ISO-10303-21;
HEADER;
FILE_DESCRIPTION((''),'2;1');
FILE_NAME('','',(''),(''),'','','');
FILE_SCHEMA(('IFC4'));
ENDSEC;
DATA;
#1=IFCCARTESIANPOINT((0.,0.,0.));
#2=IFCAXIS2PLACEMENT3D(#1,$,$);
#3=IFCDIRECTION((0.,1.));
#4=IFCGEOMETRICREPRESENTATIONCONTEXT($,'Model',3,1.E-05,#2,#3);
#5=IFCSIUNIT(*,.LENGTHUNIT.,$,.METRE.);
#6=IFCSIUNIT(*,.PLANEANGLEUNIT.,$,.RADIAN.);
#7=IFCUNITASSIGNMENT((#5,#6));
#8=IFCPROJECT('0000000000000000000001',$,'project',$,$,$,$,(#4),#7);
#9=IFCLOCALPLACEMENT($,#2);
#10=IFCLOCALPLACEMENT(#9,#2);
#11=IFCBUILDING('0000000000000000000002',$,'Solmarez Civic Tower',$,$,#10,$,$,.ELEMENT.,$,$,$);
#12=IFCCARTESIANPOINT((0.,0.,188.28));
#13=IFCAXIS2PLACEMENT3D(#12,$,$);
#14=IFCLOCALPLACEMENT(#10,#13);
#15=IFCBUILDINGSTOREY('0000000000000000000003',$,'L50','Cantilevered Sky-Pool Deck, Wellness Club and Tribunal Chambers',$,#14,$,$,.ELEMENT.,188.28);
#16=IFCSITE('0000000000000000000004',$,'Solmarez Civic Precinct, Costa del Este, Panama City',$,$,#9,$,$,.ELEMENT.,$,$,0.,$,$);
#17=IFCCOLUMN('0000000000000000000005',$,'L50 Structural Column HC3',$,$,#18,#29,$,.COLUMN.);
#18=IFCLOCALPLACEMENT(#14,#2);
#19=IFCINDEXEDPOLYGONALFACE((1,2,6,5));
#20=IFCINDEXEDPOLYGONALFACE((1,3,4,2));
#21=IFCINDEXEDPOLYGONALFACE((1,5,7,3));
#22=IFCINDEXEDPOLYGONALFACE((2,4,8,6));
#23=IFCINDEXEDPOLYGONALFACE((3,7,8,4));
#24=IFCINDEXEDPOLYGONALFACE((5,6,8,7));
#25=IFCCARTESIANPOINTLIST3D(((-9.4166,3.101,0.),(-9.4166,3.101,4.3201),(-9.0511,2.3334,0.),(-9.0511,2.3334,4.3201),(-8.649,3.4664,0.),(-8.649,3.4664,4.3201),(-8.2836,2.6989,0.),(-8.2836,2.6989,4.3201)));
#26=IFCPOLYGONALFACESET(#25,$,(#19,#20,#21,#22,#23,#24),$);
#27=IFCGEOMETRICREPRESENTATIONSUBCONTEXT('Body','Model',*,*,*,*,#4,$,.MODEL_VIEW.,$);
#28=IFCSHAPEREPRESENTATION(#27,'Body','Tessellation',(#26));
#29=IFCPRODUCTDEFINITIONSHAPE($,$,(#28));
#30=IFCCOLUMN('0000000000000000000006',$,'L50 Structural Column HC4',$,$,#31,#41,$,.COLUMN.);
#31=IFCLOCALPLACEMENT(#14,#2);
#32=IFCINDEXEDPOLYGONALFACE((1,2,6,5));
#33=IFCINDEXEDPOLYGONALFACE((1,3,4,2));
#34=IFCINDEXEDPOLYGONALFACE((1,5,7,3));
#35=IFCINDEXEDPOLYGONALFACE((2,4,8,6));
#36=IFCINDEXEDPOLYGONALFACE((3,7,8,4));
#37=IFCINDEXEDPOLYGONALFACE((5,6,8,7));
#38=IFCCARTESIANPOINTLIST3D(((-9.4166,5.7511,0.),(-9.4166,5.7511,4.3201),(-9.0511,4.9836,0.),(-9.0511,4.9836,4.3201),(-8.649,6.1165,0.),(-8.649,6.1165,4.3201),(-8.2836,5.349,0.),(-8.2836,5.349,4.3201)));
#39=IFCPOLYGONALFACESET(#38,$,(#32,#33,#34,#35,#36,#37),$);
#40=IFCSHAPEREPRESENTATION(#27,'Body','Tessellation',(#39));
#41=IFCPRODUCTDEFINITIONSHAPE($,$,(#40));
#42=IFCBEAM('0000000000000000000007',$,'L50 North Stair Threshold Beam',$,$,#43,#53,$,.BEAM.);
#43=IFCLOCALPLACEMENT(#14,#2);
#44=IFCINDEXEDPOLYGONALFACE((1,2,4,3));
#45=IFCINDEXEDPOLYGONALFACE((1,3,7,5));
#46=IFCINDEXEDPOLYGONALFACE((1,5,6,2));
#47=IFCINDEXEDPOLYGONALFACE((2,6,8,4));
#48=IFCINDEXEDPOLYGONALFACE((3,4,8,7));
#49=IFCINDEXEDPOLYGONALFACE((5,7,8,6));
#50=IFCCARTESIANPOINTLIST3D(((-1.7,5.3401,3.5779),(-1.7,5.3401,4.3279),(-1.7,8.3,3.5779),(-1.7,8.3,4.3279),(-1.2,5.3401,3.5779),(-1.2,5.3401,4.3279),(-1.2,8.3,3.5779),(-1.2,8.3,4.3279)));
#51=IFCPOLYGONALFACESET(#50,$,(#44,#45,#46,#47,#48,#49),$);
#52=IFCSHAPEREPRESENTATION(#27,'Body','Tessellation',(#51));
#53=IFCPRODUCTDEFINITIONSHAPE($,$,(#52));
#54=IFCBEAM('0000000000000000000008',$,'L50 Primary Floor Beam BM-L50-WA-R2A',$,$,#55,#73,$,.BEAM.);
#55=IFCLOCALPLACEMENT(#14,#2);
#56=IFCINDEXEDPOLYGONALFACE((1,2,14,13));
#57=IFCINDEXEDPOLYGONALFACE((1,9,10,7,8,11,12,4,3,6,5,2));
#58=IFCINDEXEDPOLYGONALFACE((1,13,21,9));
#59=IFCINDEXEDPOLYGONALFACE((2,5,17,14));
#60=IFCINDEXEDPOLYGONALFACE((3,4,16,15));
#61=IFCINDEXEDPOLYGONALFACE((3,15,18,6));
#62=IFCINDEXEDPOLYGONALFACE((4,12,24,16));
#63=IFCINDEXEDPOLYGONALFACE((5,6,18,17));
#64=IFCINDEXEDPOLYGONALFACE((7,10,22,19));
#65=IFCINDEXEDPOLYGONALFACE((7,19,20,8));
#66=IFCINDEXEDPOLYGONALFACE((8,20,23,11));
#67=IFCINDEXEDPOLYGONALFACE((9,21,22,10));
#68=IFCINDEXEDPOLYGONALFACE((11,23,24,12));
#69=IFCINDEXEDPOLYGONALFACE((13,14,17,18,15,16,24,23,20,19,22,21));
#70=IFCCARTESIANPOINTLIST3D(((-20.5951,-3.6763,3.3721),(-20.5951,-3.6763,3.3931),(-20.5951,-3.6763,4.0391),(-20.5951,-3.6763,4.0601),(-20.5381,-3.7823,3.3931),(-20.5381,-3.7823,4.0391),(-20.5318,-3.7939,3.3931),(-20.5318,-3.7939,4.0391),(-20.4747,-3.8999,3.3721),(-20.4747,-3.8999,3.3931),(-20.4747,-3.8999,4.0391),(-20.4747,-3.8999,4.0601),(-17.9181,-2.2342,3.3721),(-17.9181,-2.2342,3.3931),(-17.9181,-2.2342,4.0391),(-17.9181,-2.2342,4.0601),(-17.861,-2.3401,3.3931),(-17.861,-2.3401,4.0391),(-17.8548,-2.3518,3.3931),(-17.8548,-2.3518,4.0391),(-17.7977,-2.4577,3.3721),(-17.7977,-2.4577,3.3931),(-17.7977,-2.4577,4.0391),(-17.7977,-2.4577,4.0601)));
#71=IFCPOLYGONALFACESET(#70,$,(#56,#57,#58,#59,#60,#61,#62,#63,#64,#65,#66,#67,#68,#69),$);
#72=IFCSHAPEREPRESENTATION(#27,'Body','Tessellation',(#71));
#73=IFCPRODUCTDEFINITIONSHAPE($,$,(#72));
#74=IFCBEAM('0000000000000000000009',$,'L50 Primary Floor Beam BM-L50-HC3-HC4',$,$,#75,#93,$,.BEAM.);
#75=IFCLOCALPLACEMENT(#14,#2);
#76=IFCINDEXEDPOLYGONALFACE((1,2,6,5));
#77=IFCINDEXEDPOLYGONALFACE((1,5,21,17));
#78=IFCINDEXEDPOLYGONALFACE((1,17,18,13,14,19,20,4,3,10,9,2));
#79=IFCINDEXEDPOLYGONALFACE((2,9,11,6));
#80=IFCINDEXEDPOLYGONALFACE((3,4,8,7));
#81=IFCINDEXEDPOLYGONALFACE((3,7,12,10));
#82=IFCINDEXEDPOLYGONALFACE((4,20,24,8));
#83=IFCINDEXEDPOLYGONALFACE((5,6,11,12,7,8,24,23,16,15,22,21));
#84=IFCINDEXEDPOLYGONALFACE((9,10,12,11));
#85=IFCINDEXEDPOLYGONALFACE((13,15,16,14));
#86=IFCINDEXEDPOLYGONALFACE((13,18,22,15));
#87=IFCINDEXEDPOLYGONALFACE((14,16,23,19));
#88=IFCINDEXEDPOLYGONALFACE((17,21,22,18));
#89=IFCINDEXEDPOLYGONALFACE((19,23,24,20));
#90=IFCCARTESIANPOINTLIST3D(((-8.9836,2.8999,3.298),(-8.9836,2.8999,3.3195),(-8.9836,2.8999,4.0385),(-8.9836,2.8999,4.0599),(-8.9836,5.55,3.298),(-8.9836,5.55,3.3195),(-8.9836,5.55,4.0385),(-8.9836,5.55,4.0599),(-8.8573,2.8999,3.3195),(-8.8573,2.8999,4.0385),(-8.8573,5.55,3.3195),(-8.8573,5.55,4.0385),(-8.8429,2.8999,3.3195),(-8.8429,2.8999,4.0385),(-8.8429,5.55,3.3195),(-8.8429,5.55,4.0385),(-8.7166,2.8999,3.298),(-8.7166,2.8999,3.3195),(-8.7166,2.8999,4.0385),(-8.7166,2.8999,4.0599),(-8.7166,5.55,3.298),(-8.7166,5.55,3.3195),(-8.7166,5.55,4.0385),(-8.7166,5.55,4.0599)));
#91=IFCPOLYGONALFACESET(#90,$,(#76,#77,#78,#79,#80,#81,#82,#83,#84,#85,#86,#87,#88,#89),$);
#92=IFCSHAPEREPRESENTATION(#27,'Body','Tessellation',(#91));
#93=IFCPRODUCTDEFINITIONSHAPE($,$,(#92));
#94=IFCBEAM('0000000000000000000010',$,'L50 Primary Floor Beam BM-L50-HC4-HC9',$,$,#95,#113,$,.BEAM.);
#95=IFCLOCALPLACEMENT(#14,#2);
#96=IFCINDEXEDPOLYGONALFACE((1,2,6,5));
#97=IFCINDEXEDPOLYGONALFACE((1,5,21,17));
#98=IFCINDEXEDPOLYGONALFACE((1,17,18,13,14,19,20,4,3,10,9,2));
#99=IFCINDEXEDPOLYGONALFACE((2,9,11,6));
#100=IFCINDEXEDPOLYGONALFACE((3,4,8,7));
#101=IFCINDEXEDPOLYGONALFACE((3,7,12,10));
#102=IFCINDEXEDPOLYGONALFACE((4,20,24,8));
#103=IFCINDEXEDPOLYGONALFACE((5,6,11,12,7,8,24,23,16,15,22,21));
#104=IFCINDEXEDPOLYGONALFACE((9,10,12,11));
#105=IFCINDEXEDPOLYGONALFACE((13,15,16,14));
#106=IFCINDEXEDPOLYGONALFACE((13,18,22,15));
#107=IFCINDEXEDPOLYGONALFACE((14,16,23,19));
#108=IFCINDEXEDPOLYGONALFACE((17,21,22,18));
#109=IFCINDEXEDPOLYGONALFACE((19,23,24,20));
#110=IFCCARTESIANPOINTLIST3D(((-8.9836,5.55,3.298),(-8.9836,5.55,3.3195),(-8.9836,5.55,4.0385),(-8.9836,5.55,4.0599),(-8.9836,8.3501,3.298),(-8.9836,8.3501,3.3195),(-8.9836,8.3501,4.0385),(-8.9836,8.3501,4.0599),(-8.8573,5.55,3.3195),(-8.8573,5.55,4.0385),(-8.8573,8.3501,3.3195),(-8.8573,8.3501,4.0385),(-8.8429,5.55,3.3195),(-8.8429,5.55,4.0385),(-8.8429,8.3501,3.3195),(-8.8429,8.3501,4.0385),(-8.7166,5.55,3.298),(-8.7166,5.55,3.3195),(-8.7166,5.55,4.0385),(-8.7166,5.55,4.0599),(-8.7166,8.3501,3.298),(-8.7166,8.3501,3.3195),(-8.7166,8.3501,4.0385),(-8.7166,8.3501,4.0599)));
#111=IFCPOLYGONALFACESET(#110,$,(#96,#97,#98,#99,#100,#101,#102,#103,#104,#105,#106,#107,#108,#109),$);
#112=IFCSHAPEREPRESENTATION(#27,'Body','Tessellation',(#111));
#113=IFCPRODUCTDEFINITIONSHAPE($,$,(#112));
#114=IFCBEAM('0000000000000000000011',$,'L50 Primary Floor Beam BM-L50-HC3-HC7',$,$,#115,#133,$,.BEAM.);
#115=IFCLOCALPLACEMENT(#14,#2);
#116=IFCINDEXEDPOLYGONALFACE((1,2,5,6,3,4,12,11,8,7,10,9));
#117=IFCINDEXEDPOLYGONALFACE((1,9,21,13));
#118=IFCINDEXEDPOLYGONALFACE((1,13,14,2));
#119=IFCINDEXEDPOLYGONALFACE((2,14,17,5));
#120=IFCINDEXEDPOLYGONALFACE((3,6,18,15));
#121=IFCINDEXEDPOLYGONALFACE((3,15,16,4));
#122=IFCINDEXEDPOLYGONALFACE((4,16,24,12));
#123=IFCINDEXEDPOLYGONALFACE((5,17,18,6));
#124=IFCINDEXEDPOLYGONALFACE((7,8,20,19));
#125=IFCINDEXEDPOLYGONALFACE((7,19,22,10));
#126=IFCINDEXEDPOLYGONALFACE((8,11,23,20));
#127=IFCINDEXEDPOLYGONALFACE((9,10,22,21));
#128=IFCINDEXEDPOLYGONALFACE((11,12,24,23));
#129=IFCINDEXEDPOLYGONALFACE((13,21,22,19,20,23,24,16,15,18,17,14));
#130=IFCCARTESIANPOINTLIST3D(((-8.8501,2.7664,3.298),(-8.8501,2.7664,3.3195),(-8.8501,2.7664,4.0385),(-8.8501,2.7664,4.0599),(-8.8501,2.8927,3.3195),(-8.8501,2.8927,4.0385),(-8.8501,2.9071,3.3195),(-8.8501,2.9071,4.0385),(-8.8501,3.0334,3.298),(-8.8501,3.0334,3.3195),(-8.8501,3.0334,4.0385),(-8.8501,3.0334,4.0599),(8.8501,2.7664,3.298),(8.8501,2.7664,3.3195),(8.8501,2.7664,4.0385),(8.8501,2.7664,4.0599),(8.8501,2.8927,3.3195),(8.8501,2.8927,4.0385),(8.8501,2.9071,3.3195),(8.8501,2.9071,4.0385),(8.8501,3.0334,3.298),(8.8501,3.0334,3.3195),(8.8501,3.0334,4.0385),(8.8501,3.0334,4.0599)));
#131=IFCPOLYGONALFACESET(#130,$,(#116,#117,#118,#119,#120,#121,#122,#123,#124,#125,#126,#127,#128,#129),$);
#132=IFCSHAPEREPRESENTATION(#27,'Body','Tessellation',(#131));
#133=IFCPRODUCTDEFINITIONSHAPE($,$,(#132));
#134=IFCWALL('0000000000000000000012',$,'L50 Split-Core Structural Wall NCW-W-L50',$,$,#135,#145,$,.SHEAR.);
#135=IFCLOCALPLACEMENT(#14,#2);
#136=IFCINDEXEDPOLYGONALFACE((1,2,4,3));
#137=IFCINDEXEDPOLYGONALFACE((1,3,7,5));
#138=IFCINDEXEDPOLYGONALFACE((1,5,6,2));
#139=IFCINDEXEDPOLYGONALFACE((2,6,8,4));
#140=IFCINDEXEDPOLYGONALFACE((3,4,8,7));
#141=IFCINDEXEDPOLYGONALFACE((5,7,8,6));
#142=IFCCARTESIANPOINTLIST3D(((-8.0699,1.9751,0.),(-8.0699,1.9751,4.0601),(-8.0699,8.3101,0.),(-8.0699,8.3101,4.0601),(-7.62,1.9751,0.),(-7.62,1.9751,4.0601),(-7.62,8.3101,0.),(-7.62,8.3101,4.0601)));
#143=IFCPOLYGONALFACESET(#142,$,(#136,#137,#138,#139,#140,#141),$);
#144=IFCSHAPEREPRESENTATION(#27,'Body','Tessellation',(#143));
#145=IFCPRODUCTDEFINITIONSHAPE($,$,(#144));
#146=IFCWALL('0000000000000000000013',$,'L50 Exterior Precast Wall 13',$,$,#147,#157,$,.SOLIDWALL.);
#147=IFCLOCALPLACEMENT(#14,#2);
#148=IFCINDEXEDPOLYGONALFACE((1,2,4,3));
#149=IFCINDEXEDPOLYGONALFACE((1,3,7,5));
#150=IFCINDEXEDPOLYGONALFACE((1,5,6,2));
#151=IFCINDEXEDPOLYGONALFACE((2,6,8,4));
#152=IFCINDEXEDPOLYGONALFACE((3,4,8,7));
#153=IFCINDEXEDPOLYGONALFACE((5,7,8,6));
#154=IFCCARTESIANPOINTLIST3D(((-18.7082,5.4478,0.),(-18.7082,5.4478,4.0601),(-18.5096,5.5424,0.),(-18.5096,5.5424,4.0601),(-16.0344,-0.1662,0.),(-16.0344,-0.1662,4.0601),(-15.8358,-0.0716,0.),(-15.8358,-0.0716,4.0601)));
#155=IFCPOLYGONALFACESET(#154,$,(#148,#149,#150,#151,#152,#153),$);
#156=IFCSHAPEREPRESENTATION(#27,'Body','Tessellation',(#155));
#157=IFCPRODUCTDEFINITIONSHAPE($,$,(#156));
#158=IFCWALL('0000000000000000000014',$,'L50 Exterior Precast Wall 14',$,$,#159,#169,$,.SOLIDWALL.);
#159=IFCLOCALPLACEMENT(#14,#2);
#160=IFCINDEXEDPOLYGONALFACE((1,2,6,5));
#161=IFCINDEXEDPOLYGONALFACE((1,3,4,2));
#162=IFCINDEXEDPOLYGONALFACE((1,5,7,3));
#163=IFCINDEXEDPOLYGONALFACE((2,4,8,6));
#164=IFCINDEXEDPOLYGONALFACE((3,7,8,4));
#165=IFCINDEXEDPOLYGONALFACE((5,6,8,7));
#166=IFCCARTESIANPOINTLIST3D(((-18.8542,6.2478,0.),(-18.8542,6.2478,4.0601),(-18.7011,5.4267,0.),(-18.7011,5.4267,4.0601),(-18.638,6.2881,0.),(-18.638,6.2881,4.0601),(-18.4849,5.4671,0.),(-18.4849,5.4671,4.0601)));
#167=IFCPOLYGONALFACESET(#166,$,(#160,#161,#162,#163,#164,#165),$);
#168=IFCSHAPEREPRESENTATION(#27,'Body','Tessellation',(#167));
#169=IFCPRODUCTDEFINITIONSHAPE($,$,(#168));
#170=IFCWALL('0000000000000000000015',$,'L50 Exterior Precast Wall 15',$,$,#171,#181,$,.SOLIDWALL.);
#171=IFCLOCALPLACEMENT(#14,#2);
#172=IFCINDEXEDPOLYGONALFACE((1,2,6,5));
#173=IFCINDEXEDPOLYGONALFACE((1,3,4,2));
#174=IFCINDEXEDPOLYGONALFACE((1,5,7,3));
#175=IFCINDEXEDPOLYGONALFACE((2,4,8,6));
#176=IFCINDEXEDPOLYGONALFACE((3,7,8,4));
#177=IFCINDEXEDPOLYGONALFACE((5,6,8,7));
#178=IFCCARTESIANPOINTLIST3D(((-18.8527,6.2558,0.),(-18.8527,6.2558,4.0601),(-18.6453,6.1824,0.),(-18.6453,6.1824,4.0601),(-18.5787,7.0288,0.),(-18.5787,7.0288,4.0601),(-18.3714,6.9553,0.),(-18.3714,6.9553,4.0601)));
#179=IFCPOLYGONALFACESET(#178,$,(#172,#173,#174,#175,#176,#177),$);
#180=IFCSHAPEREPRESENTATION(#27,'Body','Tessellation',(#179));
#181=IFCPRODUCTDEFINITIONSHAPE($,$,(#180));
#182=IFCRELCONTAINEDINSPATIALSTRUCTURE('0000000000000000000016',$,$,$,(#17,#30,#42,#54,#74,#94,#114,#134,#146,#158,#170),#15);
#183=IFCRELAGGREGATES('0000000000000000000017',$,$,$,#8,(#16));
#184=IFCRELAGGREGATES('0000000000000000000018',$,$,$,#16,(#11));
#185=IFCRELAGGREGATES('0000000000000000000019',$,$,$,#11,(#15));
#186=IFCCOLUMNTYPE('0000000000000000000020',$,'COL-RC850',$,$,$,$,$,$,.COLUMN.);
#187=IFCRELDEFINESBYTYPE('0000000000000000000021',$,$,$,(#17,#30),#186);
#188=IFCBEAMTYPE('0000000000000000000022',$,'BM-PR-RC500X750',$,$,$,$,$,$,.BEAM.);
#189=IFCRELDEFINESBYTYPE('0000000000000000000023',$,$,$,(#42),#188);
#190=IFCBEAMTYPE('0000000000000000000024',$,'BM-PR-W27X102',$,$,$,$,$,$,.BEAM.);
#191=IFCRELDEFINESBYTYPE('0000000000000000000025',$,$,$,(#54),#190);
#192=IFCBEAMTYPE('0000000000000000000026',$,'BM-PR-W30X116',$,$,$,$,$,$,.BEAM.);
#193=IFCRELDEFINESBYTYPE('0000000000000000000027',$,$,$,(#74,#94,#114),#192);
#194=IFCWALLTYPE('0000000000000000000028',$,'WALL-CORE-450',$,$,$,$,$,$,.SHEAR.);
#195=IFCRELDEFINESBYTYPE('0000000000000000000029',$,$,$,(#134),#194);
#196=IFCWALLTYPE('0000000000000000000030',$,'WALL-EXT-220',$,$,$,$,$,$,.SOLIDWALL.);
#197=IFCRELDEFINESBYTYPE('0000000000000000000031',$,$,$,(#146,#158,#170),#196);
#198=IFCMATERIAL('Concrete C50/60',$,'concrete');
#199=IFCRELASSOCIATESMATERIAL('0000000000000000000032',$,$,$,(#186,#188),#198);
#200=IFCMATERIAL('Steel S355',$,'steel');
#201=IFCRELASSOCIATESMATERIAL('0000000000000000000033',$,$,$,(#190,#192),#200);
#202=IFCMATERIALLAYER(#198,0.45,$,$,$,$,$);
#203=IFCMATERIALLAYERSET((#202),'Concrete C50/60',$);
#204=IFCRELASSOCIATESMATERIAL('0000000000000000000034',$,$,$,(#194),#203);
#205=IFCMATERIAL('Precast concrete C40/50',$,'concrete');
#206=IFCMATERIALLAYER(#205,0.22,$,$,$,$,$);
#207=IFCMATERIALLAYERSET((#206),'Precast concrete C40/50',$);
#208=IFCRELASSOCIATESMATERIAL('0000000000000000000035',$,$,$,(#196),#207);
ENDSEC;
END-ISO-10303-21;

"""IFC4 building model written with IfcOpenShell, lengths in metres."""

from ifc_helpers import new_model, si_unit, direction, frame, frame_2d, origin, origin_2d, place, context, subcontext, project, spatial, rectangle, i_section, extrude, material, layer, layer_set, material_profile, profile_set, type_object, element, save


model = new_model("IFC4")

# Units and contexts
model_context = context("Model", 3, precision=1e-05, world=origin(), true_north=direction((0.0, 1.0)))
body_context = subcontext(model_context, "Body", "Model", "MODEL_VIEW")
ifc_project = project(units=[si_unit("LENGTHUNIT", "METRE"), si_unit("PLANEANGLEUNIT", "RADIAN")], contexts=[model_context])

# Site, building, storey
site_placement = place(None, origin())
site = spatial("IfcSite", under=ifc_project, at=site_placement, Name="Solmarez Civic Precinct, Costa del Este, Panama City", CompositionType="ELEMENT", RefElevation=0.0)
building_placement = place(site_placement, origin())
building = spatial("IfcBuilding", under=site, at=building_placement, Name="Solmarez Civic Tower", CompositionType="ELEMENT")
storey_placement = place(building_placement, frame((0.0, 0.0, 188.28)))
storey = spatial("IfcBuildingStorey", under=building, at=storey_placement, Name="L50", Description="Cantilevered Sky-Pool Deck, Wellness Club and Tribunal Chambers", CompositionType="ELEMENT", Elevation=188.28)

# Columns
ifc_material_1 = material(Name="Concrete C50/60", Category="concrete")
ifc_material_profile_1 = material_profile(ifc_material_1, rectangle(XDim=0.8501, YDim=0.8501, at=origin_2d()), Name="RC850X850")
ifc_profile_set_1 = profile_set([ifc_material_profile_1], Name="Concrete C50/60")
column_type = type_object("IfcColumnType", Name="COL-RC850", PredefinedType="COLUMN", material=ifc_profile_set_1)
for number, where, z_axis, x_axis, name in (
    (1, (-8.8501, 2.8999, 0.0), (0.0, 0.0, 1.0), (0.902886, 0.429881, 0.0), "L50 Structural Column HC3"),
    (2, (-8.8501, 5.55, 0.0), (0.0, 0.0, 1.0), (0.902886, 0.429881, 0.0), "L50 Structural Column HC4"),
):
    element("IfcColumn", number, at=place(storey_placement, frame(where, z_axis=z_axis, x_axis=x_axis)), inside=storey, type_object=column_type, Name=name, PredefinedType="COLUMN", context=body_context, shape_type="SweptSolid", body=[
        extrude(rectangle(XDim=0.8501, YDim=0.8501, at=origin_2d()), origin(), (0.0, 0.0, 1.0), 4.3201),
    ])

# Beams
ifc_material_profile_2 = material_profile(ifc_material_1, rectangle(XDim=0.5, YDim=0.75, at=origin_2d()), Name="RC500X750")
ifc_profile_set_2 = profile_set([ifc_material_profile_2], Name="Concrete C50/60")
beam_type_1 = type_object("IfcBeamType", Name="BM-PR-RC500X750", PredefinedType="BEAM", material=ifc_profile_set_2)
beam_1_placement = place(storey_placement, frame((-1.45, 5.3401, 3.9529), z_axis=(0.0, 1.0, 0.0), x_axis=(-1.0, 0.0, 0.0)))
element("IfcBeam", 3, at=beam_1_placement, inside=storey, type_object=beam_type_1, Name="L50 North Stair Threshold Beam", PredefinedType="BEAM", context=body_context, shape_type="SweptSolid", body=[
    extrude(rectangle(XDim=0.5, YDim=0.75, at=origin_2d()), origin(), (0.0, 0.0, 1.0), 2.96),
])
ifc_material_2 = material(Name="Steel S355", Category="steel")
ifc_material_profile_3 = material_profile(ifc_material_2, i_section(OverallWidth=0.2539, OverallDepth=0.688, WebThickness=0.0132, FlangeThickness=0.021, at=origin_2d()), Name="W27X102")
ifc_profile_set_3 = profile_set([ifc_material_profile_3], Name="Steel S355")
beam_type_2 = type_object("IfcBeamType", Name="BM-PR-W27X102", PredefinedType="BEAM", material=ifc_profile_set_3)
beam_2_placement = place(storey_placement, frame((-17.8579, -2.3459, 3.7161), z_axis=(-0.880378, -0.474272, 0.0), x_axis=(0.474272, -0.880378, 0.0)))
element("IfcBeam", 4, at=beam_2_placement, inside=storey, type_object=beam_type_2, Name="L50 Primary Floor Beam BM-L50-WA-R2A", PredefinedType="BEAM", context=body_context, shape_type="SweptSolid", body=[
    extrude(i_section(OverallWidth=0.2539, OverallDepth=0.688, WebThickness=0.0132, FlangeThickness=0.021, at=origin_2d()), origin(), (0.0, 0.0, 1.0), 3.0408),
])
ifc_material_profile_4 = material_profile(ifc_material_2, i_section(OverallWidth=0.2671, OverallDepth=0.762, WebThickness=0.0144, FlangeThickness=0.0215, at=origin_2d()), Name="W30X116")
ifc_profile_set_4 = profile_set([ifc_material_profile_4], Name="Steel S355")
beam_type_3 = type_object("IfcBeamType", Name="BM-PR-W30X116", PredefinedType="BEAM", material=ifc_profile_set_4)
beam_3_placement = place(storey_placement, frame((-8.8501, 2.8999, 3.679), z_axis=(0.0, 1.0, 0.0), x_axis=(-1.0, 0.0, 0.0)))
element("IfcBeam", 5, at=beam_3_placement, inside=storey, type_object=beam_type_3, Name="L50 Primary Floor Beam BM-L50-HC3-HC4", PredefinedType="BEAM", context=body_context, shape_type="SweptSolid", body=[
    extrude(i_section(OverallWidth=0.2671, OverallDepth=0.762, WebThickness=0.0144, FlangeThickness=0.0215, at=origin_2d()), origin(), (0.0, 0.0, 1.0), 2.6501),
])
beam_4_placement = place(storey_placement, frame((-8.8501, 5.55, 3.679), z_axis=(0.0, 1.0, 0.0), x_axis=(-1.0, 0.0, 0.0)))
element("IfcBeam", 6, at=beam_4_placement, inside=storey, type_object=beam_type_3, Name="L50 Primary Floor Beam BM-L50-HC4-HC9", PredefinedType="BEAM", context=body_context, shape_type="SweptSolid", body=[
    extrude(i_section(OverallWidth=0.2671, OverallDepth=0.762, WebThickness=0.0144, FlangeThickness=0.0215, at=origin_2d()), origin(), (0.0, 0.0, 1.0), 2.8),
])
beam_5_placement = place(storey_placement, frame((-8.8501, 2.8999, 3.679), z_axis=(1.0, 0.0, 0.0), x_axis=(0.0, 1.0, 0.0)))
element("IfcBeam", 7, at=beam_5_placement, inside=storey, type_object=beam_type_3, Name="L50 Primary Floor Beam BM-L50-HC3-HC7", PredefinedType="BEAM", context=body_context, shape_type="SweptSolid", body=[
    extrude(i_section(OverallWidth=0.2671, OverallDepth=0.762, WebThickness=0.0144, FlangeThickness=0.0215, at=origin_2d()), origin(), (0.0, 0.0, 1.0), 17.7002),
])

# Wall
ifc_layer_1 = layer(ifc_material_1, 0.45)
ifc_layer_set_1 = layer_set([ifc_layer_1], Name="Concrete C50/60")
wall_type_1 = type_object("IfcWallType", Name="WALL-CORE-450", PredefinedType="SHEAR", material=ifc_layer_set_1)
wall_1_placement = place(storey_placement, frame((-7.845, 1.9751, 0.0), z_axis=(0.0, 0.0, 1.0), x_axis=(0.0, 1.0, 0.0)))
element("IfcWall", 8, at=wall_1_placement, inside=storey, type_object=wall_type_1, Name="L50 Split-Core Structural Wall NCW-W-L50", PredefinedType="SHEAR", context=body_context, shape_type="SweptSolid", body=[
    extrude(rectangle(XDim=6.335, YDim=0.45, at=frame_2d((3.1675, 0.0))), origin(), (0.0, 0.0, 1.0), 4.0601),
])

# Walls
ifc_material_3 = material(Name="Precast concrete C40/50", Category="concrete")
ifc_layer_2 = layer(ifc_material_3, 0.22)
ifc_layer_set_2 = layer_set([ifc_layer_2], Name="Precast concrete C40/50")
wall_type_2 = type_object("IfcWallType", Name="WALL-EXT-220", PredefinedType="SOLIDWALL", material=ifc_layer_set_2)
wall_2_placement = place(storey_placement, frame((-15.9351, -0.1189, 0.0), z_axis=(0.0, 0.0, 1.0), x_axis=(-0.429998, 0.90283, 0.0)))
element("IfcWall", 9, at=wall_2_placement, inside=storey, type_object=wall_type_2, Name="L50 Exterior Precast Wall 13", PredefinedType="SOLIDWALL", context=body_context, shape_type="SweptSolid", body=[
    extrude(rectangle(XDim=6.2183, YDim=0.22, at=frame_2d((3.1091, 0.0))), origin(), (0.0, 0.0, 1.0), 4.0601),
])
wall_3_placement = place(storey_placement, frame((-18.593, 5.447, 0.0), z_axis=(0.0, 0.0, 1.0), x_axis=(-0.183282, 0.98306, 0.0)))
element("IfcWall", 10, at=wall_3_placement, inside=storey, type_object=wall_type_2, Name="L50 Exterior Precast Wall 14", PredefinedType="SOLIDWALL", context=body_context, shape_type="SweptSolid", body=[
    extrude(rectangle(XDim=0.8352, YDim=0.22, at=frame_2d((0.4175, 0.0))), origin(), (0.0, 0.0, 1.0), 4.0601),
])
wall_4_placement = place(storey_placement, frame((-18.749, 6.219, 0.0), z_axis=(0.0, 0.0, 1.0), x_axis=(0.334035, 0.942561, 0.0)))
element("IfcWall", 11, at=wall_4_placement, inside=storey, type_object=wall_type_2, Name="L50 Exterior Precast Wall 15", PredefinedType="SOLIDWALL", context=body_context, shape_type="SweptSolid", body=[
    extrude(rectangle(XDim=0.8201, YDim=0.22, at=frame_2d((0.4102, 0.0))), origin(), (0.0, 0.0, 1.0), 4.0601),
])

save(model, "model.ifc")
